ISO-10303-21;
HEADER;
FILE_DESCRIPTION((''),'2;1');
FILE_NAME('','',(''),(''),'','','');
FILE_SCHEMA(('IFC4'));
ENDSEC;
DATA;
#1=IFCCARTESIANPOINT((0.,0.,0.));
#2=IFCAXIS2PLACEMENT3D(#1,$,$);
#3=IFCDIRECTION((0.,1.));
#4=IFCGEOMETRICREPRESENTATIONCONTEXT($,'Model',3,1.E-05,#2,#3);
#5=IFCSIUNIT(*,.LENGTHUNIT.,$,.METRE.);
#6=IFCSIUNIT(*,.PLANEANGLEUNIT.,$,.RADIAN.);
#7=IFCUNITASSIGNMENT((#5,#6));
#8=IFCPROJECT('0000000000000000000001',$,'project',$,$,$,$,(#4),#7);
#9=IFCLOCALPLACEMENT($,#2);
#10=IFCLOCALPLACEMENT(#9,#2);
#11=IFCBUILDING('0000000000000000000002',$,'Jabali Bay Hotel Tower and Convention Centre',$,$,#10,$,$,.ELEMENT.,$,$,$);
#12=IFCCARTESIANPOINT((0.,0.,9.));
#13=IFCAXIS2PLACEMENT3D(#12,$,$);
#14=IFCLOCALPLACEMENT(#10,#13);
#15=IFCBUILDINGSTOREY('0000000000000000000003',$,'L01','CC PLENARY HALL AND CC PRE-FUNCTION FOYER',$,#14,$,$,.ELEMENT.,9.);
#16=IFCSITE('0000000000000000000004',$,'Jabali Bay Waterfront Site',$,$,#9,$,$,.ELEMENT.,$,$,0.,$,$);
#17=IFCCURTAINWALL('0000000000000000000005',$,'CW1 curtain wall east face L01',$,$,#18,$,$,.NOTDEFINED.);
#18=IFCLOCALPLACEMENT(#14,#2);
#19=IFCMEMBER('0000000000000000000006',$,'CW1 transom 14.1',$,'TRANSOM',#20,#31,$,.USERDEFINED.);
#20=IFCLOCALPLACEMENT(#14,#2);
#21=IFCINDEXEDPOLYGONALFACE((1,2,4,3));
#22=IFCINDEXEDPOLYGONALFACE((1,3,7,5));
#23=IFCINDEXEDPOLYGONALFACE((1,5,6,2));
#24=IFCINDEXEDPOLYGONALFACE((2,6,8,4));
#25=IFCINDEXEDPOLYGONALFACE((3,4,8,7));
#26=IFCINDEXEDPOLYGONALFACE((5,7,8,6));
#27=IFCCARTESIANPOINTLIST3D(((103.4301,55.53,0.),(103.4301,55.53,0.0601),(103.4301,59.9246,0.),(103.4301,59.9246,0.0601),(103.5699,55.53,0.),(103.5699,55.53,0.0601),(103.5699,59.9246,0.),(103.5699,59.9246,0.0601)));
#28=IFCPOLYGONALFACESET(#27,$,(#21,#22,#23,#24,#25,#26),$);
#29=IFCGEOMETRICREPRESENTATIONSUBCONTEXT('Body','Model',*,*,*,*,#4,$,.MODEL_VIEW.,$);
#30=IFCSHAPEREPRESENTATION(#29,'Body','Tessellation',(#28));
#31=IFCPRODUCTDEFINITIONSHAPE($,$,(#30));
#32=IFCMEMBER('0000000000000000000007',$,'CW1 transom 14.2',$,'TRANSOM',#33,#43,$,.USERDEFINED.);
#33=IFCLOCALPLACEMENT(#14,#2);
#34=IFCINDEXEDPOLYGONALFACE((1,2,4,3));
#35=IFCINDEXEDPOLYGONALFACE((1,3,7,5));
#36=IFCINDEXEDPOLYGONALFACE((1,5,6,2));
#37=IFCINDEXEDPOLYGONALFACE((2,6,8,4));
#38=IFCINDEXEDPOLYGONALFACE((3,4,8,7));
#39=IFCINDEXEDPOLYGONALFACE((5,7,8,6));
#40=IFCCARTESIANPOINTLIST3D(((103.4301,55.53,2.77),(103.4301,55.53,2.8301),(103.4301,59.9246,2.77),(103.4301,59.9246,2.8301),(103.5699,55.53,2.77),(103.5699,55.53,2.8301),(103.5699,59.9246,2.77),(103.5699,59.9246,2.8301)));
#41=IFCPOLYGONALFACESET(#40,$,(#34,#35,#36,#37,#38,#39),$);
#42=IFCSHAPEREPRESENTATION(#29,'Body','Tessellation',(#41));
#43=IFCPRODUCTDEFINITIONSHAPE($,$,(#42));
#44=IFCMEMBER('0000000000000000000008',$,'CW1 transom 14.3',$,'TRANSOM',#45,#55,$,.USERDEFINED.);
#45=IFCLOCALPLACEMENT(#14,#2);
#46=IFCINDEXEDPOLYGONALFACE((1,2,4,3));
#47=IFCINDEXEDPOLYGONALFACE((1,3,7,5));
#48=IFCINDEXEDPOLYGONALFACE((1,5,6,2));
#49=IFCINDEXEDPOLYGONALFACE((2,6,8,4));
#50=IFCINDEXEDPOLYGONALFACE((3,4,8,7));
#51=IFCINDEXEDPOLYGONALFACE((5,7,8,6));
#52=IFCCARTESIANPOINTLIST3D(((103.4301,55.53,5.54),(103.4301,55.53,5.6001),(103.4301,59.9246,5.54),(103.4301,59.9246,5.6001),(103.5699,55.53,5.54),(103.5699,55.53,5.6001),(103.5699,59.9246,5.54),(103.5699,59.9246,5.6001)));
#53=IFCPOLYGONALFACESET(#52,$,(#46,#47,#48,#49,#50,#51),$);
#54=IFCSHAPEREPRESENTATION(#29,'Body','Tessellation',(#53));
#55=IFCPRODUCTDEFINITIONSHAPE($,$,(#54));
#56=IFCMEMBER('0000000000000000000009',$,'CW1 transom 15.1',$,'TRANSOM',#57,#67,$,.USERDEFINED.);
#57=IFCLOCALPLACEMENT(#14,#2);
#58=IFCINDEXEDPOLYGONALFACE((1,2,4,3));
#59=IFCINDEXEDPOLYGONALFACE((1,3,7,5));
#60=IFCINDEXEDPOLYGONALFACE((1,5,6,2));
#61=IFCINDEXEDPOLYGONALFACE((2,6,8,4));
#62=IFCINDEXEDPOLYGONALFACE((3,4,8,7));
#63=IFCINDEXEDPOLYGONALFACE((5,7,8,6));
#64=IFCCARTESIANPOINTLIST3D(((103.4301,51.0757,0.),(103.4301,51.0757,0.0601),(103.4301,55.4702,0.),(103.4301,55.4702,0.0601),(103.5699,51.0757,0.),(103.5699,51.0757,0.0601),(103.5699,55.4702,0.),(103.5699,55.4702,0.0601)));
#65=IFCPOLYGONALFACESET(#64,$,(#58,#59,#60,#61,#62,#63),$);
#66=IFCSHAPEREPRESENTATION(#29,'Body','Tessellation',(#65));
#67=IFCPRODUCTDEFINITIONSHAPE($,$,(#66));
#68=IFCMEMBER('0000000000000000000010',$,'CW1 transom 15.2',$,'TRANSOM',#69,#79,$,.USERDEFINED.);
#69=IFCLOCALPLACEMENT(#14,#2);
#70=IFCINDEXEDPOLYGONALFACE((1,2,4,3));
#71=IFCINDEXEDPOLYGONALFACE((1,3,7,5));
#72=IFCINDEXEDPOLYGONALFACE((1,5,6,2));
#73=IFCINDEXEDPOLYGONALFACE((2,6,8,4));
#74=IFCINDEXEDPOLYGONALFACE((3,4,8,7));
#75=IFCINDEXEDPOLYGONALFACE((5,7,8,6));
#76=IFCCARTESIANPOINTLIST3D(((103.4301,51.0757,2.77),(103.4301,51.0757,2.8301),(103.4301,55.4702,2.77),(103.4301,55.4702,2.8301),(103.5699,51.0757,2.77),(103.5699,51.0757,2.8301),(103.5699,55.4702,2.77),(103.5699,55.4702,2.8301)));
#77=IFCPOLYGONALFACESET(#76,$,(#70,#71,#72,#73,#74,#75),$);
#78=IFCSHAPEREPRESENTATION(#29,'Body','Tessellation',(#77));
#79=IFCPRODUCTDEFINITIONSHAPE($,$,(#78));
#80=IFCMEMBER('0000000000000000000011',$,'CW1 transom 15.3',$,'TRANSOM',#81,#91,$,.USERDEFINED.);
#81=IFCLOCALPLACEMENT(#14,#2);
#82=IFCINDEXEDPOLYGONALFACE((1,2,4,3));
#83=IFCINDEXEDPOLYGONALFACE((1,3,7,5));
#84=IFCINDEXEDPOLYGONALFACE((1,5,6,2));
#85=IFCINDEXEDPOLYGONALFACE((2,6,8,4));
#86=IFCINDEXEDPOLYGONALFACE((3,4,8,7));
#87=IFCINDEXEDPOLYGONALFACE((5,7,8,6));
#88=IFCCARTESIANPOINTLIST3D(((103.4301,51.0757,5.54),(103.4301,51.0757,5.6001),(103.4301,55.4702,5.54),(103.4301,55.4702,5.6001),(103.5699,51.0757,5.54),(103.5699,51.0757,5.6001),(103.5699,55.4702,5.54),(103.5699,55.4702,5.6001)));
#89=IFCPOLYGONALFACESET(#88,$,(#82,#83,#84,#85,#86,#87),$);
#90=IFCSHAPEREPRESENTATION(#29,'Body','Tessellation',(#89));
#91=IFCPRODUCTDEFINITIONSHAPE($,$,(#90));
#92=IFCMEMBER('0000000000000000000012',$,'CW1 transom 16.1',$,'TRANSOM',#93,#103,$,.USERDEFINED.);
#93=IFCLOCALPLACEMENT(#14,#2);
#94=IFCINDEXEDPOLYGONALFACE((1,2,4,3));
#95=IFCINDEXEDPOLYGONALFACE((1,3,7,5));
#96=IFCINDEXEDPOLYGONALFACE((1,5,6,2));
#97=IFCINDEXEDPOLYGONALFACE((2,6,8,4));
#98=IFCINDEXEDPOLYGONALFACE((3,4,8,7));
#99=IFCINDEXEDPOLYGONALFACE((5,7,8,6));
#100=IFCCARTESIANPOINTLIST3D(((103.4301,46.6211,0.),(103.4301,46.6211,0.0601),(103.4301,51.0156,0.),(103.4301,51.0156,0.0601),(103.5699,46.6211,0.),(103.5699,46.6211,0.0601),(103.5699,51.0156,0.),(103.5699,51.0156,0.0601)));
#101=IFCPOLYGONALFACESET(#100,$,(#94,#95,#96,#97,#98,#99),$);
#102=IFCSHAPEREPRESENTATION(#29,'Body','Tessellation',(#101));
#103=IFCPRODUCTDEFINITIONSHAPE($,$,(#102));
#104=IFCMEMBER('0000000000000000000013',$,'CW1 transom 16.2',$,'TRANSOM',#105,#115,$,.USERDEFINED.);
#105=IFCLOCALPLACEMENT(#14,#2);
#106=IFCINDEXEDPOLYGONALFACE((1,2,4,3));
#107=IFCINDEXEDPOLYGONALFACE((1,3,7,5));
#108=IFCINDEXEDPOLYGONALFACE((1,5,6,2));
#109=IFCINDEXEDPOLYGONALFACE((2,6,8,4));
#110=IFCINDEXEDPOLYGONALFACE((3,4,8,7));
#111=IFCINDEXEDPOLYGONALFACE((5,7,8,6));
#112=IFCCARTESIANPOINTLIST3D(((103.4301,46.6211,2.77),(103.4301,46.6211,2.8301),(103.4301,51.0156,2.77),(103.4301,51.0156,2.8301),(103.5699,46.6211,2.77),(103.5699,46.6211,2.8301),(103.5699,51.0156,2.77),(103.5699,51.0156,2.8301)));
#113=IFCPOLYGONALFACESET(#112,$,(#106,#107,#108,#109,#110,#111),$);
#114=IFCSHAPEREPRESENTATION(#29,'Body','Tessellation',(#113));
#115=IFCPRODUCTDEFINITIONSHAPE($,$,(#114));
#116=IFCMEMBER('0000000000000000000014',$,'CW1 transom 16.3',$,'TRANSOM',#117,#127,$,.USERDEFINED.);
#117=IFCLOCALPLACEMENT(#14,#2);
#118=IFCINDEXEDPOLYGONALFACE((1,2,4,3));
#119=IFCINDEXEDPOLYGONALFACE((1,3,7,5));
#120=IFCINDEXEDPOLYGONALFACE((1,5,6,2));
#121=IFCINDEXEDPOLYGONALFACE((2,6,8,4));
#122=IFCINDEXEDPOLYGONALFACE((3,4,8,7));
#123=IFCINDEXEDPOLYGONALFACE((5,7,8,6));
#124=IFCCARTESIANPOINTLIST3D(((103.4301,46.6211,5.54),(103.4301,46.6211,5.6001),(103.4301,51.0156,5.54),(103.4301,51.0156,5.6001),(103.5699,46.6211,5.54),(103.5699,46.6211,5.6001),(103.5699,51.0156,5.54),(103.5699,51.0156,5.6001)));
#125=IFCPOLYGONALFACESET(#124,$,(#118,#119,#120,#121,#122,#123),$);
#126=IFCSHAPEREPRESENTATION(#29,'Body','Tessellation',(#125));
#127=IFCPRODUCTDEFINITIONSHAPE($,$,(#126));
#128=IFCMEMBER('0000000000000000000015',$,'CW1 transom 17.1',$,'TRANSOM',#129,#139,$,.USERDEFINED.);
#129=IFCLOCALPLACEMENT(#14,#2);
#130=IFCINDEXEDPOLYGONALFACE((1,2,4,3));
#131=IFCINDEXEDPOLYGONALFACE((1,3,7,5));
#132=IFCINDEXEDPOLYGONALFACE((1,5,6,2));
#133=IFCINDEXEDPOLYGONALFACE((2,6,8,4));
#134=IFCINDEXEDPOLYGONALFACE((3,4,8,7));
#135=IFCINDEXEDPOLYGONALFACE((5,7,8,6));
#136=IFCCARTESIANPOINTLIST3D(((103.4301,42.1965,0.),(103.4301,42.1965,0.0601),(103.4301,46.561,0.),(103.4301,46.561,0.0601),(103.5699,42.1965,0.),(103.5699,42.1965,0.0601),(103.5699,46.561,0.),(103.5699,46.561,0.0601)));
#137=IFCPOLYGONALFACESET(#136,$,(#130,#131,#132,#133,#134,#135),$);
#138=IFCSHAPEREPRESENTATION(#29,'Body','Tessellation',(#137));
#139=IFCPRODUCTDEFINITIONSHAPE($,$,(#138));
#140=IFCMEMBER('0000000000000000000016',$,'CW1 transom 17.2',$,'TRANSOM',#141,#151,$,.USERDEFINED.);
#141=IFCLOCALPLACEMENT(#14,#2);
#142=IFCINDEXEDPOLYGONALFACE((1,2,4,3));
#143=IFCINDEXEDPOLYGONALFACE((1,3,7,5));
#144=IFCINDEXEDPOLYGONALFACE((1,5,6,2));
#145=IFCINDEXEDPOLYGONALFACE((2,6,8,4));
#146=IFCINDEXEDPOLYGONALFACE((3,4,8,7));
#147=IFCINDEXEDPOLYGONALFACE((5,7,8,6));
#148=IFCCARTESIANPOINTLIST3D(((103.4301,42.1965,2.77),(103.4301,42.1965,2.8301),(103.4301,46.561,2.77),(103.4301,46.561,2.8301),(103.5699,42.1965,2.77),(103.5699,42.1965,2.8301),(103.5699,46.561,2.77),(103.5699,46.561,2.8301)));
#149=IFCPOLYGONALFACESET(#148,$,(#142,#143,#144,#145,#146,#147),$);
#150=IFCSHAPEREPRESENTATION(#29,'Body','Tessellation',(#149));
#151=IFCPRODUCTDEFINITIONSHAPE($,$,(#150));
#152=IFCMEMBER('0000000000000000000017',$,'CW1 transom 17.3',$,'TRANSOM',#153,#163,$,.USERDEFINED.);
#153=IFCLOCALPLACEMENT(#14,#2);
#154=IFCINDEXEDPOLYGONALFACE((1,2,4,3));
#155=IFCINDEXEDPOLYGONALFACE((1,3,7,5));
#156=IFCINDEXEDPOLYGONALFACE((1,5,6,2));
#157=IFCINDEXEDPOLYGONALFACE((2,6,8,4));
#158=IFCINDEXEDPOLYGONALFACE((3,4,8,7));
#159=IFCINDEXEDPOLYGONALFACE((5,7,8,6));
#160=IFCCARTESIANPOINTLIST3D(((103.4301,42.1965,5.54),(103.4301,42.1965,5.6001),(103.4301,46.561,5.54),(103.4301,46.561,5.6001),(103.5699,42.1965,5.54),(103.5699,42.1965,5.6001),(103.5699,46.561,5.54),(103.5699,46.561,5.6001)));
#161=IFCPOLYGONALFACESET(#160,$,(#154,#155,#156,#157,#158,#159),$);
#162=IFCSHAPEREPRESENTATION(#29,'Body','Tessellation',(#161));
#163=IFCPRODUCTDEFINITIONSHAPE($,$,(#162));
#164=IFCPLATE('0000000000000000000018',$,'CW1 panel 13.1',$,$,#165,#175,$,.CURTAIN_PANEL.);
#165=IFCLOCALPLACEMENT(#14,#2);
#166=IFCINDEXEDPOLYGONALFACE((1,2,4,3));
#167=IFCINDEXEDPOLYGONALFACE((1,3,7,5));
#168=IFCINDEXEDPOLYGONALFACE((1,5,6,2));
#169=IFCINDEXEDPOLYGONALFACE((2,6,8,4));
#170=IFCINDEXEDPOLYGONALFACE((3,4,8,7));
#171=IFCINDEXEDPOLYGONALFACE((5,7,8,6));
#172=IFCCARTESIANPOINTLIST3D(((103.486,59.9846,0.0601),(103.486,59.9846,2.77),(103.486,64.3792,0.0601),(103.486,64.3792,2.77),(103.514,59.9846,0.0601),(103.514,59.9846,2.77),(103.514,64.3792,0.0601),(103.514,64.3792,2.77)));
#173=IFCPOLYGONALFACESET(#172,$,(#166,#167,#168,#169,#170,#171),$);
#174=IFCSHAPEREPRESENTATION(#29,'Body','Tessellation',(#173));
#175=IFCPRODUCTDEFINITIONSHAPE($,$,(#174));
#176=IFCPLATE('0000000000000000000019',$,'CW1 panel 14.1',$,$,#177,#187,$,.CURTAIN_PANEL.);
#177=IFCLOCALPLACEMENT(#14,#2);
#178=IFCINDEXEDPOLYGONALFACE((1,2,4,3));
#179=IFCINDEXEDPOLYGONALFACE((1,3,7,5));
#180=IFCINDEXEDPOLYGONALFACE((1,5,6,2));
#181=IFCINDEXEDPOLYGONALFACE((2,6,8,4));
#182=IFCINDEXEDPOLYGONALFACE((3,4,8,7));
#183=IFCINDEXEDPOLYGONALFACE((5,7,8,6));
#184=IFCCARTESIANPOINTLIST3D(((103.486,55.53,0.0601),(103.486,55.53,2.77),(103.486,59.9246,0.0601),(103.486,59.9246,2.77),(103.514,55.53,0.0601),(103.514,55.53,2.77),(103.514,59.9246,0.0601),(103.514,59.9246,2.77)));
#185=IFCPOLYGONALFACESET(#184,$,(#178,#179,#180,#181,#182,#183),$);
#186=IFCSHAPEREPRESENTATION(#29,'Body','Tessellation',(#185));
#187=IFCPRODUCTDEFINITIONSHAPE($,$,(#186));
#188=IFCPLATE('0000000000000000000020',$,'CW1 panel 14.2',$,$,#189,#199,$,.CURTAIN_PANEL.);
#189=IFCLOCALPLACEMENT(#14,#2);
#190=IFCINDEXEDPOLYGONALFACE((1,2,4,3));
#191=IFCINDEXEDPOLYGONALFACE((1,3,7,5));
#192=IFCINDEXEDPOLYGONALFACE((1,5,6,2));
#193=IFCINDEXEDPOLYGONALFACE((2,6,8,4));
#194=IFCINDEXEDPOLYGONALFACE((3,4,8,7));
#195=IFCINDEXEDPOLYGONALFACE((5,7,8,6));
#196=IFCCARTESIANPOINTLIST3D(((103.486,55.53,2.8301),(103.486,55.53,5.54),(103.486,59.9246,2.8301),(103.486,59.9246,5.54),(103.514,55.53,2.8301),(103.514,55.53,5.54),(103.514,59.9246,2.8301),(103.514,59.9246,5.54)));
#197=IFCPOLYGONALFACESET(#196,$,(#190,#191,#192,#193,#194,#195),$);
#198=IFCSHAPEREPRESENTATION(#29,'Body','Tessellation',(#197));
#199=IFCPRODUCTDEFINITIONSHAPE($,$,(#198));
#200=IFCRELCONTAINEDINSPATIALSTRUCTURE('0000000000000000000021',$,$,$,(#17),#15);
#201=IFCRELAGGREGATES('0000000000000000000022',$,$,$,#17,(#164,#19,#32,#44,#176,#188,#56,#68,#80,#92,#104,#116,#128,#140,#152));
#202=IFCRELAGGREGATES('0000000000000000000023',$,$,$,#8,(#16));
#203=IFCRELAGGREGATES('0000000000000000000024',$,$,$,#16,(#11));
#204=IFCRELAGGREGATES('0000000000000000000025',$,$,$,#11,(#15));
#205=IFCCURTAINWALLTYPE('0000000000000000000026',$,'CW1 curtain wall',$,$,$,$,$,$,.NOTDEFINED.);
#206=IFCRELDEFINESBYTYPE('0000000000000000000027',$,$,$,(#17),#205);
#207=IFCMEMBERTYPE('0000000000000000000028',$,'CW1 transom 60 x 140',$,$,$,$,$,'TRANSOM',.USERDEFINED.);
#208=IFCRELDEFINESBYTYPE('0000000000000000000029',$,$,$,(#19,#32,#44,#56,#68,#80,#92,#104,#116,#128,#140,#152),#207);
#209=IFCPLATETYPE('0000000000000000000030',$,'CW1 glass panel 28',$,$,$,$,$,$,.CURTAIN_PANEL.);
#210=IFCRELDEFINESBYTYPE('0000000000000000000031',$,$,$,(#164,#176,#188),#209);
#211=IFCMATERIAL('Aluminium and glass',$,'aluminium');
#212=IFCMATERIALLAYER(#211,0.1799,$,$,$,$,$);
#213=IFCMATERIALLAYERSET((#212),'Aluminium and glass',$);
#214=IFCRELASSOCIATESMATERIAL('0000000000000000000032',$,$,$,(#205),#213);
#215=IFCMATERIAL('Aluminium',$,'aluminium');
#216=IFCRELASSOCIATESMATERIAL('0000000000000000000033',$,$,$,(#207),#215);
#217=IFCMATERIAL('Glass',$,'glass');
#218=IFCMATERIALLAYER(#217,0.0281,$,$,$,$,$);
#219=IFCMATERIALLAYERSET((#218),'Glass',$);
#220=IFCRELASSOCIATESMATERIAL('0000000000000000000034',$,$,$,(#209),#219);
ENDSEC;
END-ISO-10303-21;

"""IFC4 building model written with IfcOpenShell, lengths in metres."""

from ifc_helpers import new_model, si_unit, direction, frame, origin, origin_2d, place, context, subcontext, project, spatial, rectangle, extrude, material, layer, layer_set, material_profile, profile_set, type_object, element, aggregate, save


model = new_model("IFC4")

# Units and contexts
model_context = context("Model", 3, precision=1e-05, world=origin(), true_north=direction((0.0, 1.0)))
body_context = subcontext(model_context, "Body", "Model", "MODEL_VIEW")
ifc_project = project(units=[si_unit("LENGTHUNIT", "METRE"), si_unit("PLANEANGLEUNIT", "RADIAN")], contexts=[model_context])

# Site, building, storey
site_placement = place(None, origin())
site = spatial("IfcSite", under=ifc_project, at=site_placement, Name="Jabali Bay Waterfront Site", CompositionType="ELEMENT", RefElevation=0.0)
building_placement = place(site_placement, origin())
building = spatial("IfcBuilding", under=site, at=building_placement, Name="Jabali Bay Hotel Tower and Convention Centre", CompositionType="ELEMENT")
storey_placement = place(building_placement, frame((0.0, 0.0, 9.0)))
storey = spatial("IfcBuildingStorey", under=building, at=storey_placement, Name="L01", Description="CC PLENARY HALL AND CC PRE-FUNCTION FOYER", CompositionType="ELEMENT", Elevation=9.0)

# Curtain wall, members, plates
ifc_material_1 = material(Name="Aluminium and glass", Category="aluminium")
ifc_layer_1 = layer(ifc_material_1, 0.1799)
ifc_layer_set_1 = layer_set([ifc_layer_1], Name="Aluminium and glass")
curtain_wall_type = type_object("IfcCurtainWallType", Name="CW1 curtain wall", PredefinedType="NOTDEFINED", material=ifc_layer_set_1)
curtain_wall_placement = place(storey_placement, origin())
curtain_wall = element("IfcCurtainWall", 1, at=curtain_wall_placement, inside=storey, type_object=curtain_wall_type, Name="CW1 curtain wall east face L01", PredefinedType="NOTDEFINED")
ifc_material_2 = material(Name="Aluminium", Category="aluminium")
ifc_material_profile = material_profile(ifc_material_2, rectangle(XDim=0.1399, YDim=0.0601, at=origin_2d()), Name="CW1 transom 60 x 140")
ifc_profile_set = profile_set([ifc_material_profile], Name="Aluminium")
member_type = type_object("IfcMemberType", Name="CW1 transom 60 x 140", ElementType="TRANSOM", PredefinedType="USERDEFINED", material=ifc_profile_set)
member_1_placement = place(storey_placement, frame((103.5, 59.9246, 0.03), z_axis=(0.0, -1.0, 0.0), x_axis=(1.0, 0.0, 0.0)))
member_1 = element("IfcMember", 2, at=member_1_placement, type_object=member_type, Name="CW1 transom 14.1", ObjectType="TRANSOM", PredefinedType="USERDEFINED", context=body_context, shape_type="SweptSolid", body=[
    extrude(rectangle(XDim=0.1399, YDim=0.0601, at=origin_2d()), origin(), (0.0, 0.0, 1.0), 4.3945),
])
member_2_placement = place(storey_placement, frame((103.5, 59.9246, 2.8), z_axis=(0.0, -1.0, 0.0), x_axis=(1.0, 0.0, 0.0)))
member_2 = element("IfcMember", 3, at=member_2_placement, type_object=member_type, Name="CW1 transom 14.2", ObjectType="TRANSOM", PredefinedType="USERDEFINED", context=body_context, shape_type="SweptSolid", body=[
    extrude(rectangle(XDim=0.1399, YDim=0.0601, at=origin_2d()), origin(), (0.0, 0.0, 1.0), 4.3945),
])
member_3_placement = place(storey_placement, frame((103.5, 59.9246, 5.5701), z_axis=(0.0, -1.0, 0.0), x_axis=(1.0, 0.0, 0.0)))
member_3 = element("IfcMember", 4, at=member_3_placement, type_object=member_type, Name="CW1 transom 14.3", ObjectType="TRANSOM", PredefinedType="USERDEFINED", context=body_context, shape_type="SweptSolid", body=[
    extrude(rectangle(XDim=0.1399, YDim=0.0601, at=origin_2d()), origin(), (0.0, 0.0, 1.0), 4.3945),
])
member_4_placement = place(storey_placement, frame((103.5, 55.4702, 0.03), z_axis=(0.0, -1.0, 0.0), x_axis=(1.0, 0.0, 0.0)))
member_4 = element("IfcMember", 5, at=member_4_placement, type_object=member_type, Name="CW1 transom 15.1", ObjectType="TRANSOM", PredefinedType="USERDEFINED", context=body_context, shape_type="SweptSolid", body=[
    extrude(rectangle(XDim=0.1399, YDim=0.0601, at=origin_2d()), origin(), (0.0, 0.0, 1.0), 4.3945),
])
member_5_placement = place(storey_placement, frame((103.5, 55.4702, 2.8), z_axis=(0.0, -1.0, 0.0), x_axis=(1.0, 0.0, 0.0)))
member_5 = element("IfcMember", 6, at=member_5_placement, type_object=member_type, Name="CW1 transom 15.2", ObjectType="TRANSOM", PredefinedType="USERDEFINED", context=body_context, shape_type="SweptSolid", body=[
    extrude(rectangle(XDim=0.1399, YDim=0.0601, at=origin_2d()), origin(), (0.0, 0.0, 1.0), 4.3945),
])
member_6_placement = place(storey_placement, frame((103.5, 55.4702, 5.5701), z_axis=(0.0, -1.0, 0.0), x_axis=(1.0, 0.0, 0.0)))
member_6 = element("IfcMember", 7, at=member_6_placement, type_object=member_type, Name="CW1 transom 15.3", ObjectType="TRANSOM", PredefinedType="USERDEFINED", context=body_context, shape_type="SweptSolid", body=[
    extrude(rectangle(XDim=0.1399, YDim=0.0601, at=origin_2d()), origin(), (0.0, 0.0, 1.0), 4.3945),
])
member_7_placement = place(storey_placement, frame((103.5, 51.0156, 0.03), z_axis=(0.0, -1.0, 0.0), x_axis=(1.0, 0.0, 0.0)))
member_7 = element("IfcMember", 8, at=member_7_placement, type_object=member_type, Name="CW1 transom 16.1", ObjectType="TRANSOM", PredefinedType="USERDEFINED", context=body_context, shape_type="SweptSolid", body=[
    extrude(rectangle(XDim=0.1399, YDim=0.0601, at=origin_2d()), origin(), (0.0, 0.0, 1.0), 4.3945),
])
member_8_placement = place(storey_placement, frame((103.5, 51.0156, 2.8), z_axis=(0.0, -1.0, 0.0), x_axis=(1.0, 0.0, 0.0)))
member_8 = element("IfcMember", 9, at=member_8_placement, type_object=member_type, Name="CW1 transom 16.2", ObjectType="TRANSOM", PredefinedType="USERDEFINED", context=body_context, shape_type="SweptSolid", body=[
    extrude(rectangle(XDim=0.1399, YDim=0.0601, at=origin_2d()), origin(), (0.0, 0.0, 1.0), 4.3945),
])
member_9_placement = place(storey_placement, frame((103.5, 51.0156, 5.5701), z_axis=(0.0, -1.0, 0.0), x_axis=(1.0, 0.0, 0.0)))
member_9 = element("IfcMember", 10, at=member_9_placement, type_object=member_type, Name="CW1 transom 16.3", ObjectType="TRANSOM", PredefinedType="USERDEFINED", context=body_context, shape_type="SweptSolid", body=[
    extrude(rectangle(XDim=0.1399, YDim=0.0601, at=origin_2d()), origin(), (0.0, 0.0, 1.0), 4.3945),
])
member_10_placement = place(storey_placement, frame((103.5, 46.561, 0.03), z_axis=(0.0, -1.0, 0.0), x_axis=(1.0, 0.0, 0.0)))
member_10 = element("IfcMember", 11, at=member_10_placement, type_object=member_type, Name="CW1 transom 17.1", ObjectType="TRANSOM", PredefinedType="USERDEFINED", context=body_context, shape_type="SweptSolid", body=[
    extrude(rectangle(XDim=0.1399, YDim=0.0601, at=origin_2d()), origin(), (0.0, 0.0, 1.0), 4.3645),
])
member_11_placement = place(storey_placement, frame((103.5, 46.561, 2.8), z_axis=(0.0, -1.0, 0.0), x_axis=(1.0, 0.0, 0.0)))
member_11 = element("IfcMember", 12, at=member_11_placement, type_object=member_type, Name="CW1 transom 17.2", ObjectType="TRANSOM", PredefinedType="USERDEFINED", context=body_context, shape_type="SweptSolid", body=[
    extrude(rectangle(XDim=0.1399, YDim=0.0601, at=origin_2d()), origin(), (0.0, 0.0, 1.0), 4.3645),
])
member_12_placement = place(storey_placement, frame((103.5, 46.561, 5.5701), z_axis=(0.0, -1.0, 0.0), x_axis=(1.0, 0.0, 0.0)))
member_12 = element("IfcMember", 13, at=member_12_placement, type_object=member_type, Name="CW1 transom 17.3", ObjectType="TRANSOM", PredefinedType="USERDEFINED", context=body_context, shape_type="SweptSolid", body=[
    extrude(rectangle(XDim=0.1399, YDim=0.0601, at=origin_2d()), origin(), (0.0, 0.0, 1.0), 4.3645),
])
ifc_material_3 = material(Name="Glass", Category="glass")
ifc_layer_2 = layer(ifc_material_3, 0.0281)
ifc_layer_set_2 = layer_set([ifc_layer_2], Name="Glass")
plate_type = type_object("IfcPlateType", Name="CW1 glass panel 28", PredefinedType="CURTAIN_PANEL", material=ifc_layer_set_2)
plate_1_placement = place(storey_placement, frame((103.5, 62.1819, 0.0601), z_axis=(0.0, 0.0, 1.0), x_axis=(0.0, -1.0, 0.0)))
plate_1 = element("IfcPlate", 14, at=plate_1_placement, type_object=plate_type, Name="CW1 panel 13.1", PredefinedType="CURTAIN_PANEL", context=body_context, shape_type="SweptSolid", body=[
    extrude(rectangle(XDim=4.3945, YDim=0.0281, at=origin_2d()), origin(), (0.0, 0.0, 1.0), 2.71),
])
plate_2_placement = place(storey_placement, frame((103.5, 57.7273, 0.0601), z_axis=(0.0, 0.0, 1.0), x_axis=(0.0, -1.0, 0.0)))
plate_2 = element("IfcPlate", 15, at=plate_2_placement, type_object=plate_type, Name="CW1 panel 14.1", PredefinedType="CURTAIN_PANEL", context=body_context, shape_type="SweptSolid", body=[
    extrude(rectangle(XDim=4.3945, YDim=0.0281, at=origin_2d()), origin(), (0.0, 0.0, 1.0), 2.71),
])
plate_3_placement = place(storey_placement, frame((103.5, 57.7273, 2.8301), z_axis=(0.0, 0.0, 1.0), x_axis=(0.0, -1.0, 0.0)))
plate_3 = element("IfcPlate", 16, at=plate_3_placement, type_object=plate_type, Name="CW1 panel 14.2", PredefinedType="CURTAIN_PANEL", context=body_context, shape_type="SweptSolid", body=[
    extrude(rectangle(XDim=4.3945, YDim=0.0281, at=origin_2d()), origin(), (0.0, 0.0, 1.0), 2.71),
])
aggregate(curtain_wall, [plate_1, member_1, member_2, member_3, plate_2, plate_3, member_4, member_5, member_6, member_7, member_8, member_9, member_10, member_11, member_12])

save(model, "model.ifc")
